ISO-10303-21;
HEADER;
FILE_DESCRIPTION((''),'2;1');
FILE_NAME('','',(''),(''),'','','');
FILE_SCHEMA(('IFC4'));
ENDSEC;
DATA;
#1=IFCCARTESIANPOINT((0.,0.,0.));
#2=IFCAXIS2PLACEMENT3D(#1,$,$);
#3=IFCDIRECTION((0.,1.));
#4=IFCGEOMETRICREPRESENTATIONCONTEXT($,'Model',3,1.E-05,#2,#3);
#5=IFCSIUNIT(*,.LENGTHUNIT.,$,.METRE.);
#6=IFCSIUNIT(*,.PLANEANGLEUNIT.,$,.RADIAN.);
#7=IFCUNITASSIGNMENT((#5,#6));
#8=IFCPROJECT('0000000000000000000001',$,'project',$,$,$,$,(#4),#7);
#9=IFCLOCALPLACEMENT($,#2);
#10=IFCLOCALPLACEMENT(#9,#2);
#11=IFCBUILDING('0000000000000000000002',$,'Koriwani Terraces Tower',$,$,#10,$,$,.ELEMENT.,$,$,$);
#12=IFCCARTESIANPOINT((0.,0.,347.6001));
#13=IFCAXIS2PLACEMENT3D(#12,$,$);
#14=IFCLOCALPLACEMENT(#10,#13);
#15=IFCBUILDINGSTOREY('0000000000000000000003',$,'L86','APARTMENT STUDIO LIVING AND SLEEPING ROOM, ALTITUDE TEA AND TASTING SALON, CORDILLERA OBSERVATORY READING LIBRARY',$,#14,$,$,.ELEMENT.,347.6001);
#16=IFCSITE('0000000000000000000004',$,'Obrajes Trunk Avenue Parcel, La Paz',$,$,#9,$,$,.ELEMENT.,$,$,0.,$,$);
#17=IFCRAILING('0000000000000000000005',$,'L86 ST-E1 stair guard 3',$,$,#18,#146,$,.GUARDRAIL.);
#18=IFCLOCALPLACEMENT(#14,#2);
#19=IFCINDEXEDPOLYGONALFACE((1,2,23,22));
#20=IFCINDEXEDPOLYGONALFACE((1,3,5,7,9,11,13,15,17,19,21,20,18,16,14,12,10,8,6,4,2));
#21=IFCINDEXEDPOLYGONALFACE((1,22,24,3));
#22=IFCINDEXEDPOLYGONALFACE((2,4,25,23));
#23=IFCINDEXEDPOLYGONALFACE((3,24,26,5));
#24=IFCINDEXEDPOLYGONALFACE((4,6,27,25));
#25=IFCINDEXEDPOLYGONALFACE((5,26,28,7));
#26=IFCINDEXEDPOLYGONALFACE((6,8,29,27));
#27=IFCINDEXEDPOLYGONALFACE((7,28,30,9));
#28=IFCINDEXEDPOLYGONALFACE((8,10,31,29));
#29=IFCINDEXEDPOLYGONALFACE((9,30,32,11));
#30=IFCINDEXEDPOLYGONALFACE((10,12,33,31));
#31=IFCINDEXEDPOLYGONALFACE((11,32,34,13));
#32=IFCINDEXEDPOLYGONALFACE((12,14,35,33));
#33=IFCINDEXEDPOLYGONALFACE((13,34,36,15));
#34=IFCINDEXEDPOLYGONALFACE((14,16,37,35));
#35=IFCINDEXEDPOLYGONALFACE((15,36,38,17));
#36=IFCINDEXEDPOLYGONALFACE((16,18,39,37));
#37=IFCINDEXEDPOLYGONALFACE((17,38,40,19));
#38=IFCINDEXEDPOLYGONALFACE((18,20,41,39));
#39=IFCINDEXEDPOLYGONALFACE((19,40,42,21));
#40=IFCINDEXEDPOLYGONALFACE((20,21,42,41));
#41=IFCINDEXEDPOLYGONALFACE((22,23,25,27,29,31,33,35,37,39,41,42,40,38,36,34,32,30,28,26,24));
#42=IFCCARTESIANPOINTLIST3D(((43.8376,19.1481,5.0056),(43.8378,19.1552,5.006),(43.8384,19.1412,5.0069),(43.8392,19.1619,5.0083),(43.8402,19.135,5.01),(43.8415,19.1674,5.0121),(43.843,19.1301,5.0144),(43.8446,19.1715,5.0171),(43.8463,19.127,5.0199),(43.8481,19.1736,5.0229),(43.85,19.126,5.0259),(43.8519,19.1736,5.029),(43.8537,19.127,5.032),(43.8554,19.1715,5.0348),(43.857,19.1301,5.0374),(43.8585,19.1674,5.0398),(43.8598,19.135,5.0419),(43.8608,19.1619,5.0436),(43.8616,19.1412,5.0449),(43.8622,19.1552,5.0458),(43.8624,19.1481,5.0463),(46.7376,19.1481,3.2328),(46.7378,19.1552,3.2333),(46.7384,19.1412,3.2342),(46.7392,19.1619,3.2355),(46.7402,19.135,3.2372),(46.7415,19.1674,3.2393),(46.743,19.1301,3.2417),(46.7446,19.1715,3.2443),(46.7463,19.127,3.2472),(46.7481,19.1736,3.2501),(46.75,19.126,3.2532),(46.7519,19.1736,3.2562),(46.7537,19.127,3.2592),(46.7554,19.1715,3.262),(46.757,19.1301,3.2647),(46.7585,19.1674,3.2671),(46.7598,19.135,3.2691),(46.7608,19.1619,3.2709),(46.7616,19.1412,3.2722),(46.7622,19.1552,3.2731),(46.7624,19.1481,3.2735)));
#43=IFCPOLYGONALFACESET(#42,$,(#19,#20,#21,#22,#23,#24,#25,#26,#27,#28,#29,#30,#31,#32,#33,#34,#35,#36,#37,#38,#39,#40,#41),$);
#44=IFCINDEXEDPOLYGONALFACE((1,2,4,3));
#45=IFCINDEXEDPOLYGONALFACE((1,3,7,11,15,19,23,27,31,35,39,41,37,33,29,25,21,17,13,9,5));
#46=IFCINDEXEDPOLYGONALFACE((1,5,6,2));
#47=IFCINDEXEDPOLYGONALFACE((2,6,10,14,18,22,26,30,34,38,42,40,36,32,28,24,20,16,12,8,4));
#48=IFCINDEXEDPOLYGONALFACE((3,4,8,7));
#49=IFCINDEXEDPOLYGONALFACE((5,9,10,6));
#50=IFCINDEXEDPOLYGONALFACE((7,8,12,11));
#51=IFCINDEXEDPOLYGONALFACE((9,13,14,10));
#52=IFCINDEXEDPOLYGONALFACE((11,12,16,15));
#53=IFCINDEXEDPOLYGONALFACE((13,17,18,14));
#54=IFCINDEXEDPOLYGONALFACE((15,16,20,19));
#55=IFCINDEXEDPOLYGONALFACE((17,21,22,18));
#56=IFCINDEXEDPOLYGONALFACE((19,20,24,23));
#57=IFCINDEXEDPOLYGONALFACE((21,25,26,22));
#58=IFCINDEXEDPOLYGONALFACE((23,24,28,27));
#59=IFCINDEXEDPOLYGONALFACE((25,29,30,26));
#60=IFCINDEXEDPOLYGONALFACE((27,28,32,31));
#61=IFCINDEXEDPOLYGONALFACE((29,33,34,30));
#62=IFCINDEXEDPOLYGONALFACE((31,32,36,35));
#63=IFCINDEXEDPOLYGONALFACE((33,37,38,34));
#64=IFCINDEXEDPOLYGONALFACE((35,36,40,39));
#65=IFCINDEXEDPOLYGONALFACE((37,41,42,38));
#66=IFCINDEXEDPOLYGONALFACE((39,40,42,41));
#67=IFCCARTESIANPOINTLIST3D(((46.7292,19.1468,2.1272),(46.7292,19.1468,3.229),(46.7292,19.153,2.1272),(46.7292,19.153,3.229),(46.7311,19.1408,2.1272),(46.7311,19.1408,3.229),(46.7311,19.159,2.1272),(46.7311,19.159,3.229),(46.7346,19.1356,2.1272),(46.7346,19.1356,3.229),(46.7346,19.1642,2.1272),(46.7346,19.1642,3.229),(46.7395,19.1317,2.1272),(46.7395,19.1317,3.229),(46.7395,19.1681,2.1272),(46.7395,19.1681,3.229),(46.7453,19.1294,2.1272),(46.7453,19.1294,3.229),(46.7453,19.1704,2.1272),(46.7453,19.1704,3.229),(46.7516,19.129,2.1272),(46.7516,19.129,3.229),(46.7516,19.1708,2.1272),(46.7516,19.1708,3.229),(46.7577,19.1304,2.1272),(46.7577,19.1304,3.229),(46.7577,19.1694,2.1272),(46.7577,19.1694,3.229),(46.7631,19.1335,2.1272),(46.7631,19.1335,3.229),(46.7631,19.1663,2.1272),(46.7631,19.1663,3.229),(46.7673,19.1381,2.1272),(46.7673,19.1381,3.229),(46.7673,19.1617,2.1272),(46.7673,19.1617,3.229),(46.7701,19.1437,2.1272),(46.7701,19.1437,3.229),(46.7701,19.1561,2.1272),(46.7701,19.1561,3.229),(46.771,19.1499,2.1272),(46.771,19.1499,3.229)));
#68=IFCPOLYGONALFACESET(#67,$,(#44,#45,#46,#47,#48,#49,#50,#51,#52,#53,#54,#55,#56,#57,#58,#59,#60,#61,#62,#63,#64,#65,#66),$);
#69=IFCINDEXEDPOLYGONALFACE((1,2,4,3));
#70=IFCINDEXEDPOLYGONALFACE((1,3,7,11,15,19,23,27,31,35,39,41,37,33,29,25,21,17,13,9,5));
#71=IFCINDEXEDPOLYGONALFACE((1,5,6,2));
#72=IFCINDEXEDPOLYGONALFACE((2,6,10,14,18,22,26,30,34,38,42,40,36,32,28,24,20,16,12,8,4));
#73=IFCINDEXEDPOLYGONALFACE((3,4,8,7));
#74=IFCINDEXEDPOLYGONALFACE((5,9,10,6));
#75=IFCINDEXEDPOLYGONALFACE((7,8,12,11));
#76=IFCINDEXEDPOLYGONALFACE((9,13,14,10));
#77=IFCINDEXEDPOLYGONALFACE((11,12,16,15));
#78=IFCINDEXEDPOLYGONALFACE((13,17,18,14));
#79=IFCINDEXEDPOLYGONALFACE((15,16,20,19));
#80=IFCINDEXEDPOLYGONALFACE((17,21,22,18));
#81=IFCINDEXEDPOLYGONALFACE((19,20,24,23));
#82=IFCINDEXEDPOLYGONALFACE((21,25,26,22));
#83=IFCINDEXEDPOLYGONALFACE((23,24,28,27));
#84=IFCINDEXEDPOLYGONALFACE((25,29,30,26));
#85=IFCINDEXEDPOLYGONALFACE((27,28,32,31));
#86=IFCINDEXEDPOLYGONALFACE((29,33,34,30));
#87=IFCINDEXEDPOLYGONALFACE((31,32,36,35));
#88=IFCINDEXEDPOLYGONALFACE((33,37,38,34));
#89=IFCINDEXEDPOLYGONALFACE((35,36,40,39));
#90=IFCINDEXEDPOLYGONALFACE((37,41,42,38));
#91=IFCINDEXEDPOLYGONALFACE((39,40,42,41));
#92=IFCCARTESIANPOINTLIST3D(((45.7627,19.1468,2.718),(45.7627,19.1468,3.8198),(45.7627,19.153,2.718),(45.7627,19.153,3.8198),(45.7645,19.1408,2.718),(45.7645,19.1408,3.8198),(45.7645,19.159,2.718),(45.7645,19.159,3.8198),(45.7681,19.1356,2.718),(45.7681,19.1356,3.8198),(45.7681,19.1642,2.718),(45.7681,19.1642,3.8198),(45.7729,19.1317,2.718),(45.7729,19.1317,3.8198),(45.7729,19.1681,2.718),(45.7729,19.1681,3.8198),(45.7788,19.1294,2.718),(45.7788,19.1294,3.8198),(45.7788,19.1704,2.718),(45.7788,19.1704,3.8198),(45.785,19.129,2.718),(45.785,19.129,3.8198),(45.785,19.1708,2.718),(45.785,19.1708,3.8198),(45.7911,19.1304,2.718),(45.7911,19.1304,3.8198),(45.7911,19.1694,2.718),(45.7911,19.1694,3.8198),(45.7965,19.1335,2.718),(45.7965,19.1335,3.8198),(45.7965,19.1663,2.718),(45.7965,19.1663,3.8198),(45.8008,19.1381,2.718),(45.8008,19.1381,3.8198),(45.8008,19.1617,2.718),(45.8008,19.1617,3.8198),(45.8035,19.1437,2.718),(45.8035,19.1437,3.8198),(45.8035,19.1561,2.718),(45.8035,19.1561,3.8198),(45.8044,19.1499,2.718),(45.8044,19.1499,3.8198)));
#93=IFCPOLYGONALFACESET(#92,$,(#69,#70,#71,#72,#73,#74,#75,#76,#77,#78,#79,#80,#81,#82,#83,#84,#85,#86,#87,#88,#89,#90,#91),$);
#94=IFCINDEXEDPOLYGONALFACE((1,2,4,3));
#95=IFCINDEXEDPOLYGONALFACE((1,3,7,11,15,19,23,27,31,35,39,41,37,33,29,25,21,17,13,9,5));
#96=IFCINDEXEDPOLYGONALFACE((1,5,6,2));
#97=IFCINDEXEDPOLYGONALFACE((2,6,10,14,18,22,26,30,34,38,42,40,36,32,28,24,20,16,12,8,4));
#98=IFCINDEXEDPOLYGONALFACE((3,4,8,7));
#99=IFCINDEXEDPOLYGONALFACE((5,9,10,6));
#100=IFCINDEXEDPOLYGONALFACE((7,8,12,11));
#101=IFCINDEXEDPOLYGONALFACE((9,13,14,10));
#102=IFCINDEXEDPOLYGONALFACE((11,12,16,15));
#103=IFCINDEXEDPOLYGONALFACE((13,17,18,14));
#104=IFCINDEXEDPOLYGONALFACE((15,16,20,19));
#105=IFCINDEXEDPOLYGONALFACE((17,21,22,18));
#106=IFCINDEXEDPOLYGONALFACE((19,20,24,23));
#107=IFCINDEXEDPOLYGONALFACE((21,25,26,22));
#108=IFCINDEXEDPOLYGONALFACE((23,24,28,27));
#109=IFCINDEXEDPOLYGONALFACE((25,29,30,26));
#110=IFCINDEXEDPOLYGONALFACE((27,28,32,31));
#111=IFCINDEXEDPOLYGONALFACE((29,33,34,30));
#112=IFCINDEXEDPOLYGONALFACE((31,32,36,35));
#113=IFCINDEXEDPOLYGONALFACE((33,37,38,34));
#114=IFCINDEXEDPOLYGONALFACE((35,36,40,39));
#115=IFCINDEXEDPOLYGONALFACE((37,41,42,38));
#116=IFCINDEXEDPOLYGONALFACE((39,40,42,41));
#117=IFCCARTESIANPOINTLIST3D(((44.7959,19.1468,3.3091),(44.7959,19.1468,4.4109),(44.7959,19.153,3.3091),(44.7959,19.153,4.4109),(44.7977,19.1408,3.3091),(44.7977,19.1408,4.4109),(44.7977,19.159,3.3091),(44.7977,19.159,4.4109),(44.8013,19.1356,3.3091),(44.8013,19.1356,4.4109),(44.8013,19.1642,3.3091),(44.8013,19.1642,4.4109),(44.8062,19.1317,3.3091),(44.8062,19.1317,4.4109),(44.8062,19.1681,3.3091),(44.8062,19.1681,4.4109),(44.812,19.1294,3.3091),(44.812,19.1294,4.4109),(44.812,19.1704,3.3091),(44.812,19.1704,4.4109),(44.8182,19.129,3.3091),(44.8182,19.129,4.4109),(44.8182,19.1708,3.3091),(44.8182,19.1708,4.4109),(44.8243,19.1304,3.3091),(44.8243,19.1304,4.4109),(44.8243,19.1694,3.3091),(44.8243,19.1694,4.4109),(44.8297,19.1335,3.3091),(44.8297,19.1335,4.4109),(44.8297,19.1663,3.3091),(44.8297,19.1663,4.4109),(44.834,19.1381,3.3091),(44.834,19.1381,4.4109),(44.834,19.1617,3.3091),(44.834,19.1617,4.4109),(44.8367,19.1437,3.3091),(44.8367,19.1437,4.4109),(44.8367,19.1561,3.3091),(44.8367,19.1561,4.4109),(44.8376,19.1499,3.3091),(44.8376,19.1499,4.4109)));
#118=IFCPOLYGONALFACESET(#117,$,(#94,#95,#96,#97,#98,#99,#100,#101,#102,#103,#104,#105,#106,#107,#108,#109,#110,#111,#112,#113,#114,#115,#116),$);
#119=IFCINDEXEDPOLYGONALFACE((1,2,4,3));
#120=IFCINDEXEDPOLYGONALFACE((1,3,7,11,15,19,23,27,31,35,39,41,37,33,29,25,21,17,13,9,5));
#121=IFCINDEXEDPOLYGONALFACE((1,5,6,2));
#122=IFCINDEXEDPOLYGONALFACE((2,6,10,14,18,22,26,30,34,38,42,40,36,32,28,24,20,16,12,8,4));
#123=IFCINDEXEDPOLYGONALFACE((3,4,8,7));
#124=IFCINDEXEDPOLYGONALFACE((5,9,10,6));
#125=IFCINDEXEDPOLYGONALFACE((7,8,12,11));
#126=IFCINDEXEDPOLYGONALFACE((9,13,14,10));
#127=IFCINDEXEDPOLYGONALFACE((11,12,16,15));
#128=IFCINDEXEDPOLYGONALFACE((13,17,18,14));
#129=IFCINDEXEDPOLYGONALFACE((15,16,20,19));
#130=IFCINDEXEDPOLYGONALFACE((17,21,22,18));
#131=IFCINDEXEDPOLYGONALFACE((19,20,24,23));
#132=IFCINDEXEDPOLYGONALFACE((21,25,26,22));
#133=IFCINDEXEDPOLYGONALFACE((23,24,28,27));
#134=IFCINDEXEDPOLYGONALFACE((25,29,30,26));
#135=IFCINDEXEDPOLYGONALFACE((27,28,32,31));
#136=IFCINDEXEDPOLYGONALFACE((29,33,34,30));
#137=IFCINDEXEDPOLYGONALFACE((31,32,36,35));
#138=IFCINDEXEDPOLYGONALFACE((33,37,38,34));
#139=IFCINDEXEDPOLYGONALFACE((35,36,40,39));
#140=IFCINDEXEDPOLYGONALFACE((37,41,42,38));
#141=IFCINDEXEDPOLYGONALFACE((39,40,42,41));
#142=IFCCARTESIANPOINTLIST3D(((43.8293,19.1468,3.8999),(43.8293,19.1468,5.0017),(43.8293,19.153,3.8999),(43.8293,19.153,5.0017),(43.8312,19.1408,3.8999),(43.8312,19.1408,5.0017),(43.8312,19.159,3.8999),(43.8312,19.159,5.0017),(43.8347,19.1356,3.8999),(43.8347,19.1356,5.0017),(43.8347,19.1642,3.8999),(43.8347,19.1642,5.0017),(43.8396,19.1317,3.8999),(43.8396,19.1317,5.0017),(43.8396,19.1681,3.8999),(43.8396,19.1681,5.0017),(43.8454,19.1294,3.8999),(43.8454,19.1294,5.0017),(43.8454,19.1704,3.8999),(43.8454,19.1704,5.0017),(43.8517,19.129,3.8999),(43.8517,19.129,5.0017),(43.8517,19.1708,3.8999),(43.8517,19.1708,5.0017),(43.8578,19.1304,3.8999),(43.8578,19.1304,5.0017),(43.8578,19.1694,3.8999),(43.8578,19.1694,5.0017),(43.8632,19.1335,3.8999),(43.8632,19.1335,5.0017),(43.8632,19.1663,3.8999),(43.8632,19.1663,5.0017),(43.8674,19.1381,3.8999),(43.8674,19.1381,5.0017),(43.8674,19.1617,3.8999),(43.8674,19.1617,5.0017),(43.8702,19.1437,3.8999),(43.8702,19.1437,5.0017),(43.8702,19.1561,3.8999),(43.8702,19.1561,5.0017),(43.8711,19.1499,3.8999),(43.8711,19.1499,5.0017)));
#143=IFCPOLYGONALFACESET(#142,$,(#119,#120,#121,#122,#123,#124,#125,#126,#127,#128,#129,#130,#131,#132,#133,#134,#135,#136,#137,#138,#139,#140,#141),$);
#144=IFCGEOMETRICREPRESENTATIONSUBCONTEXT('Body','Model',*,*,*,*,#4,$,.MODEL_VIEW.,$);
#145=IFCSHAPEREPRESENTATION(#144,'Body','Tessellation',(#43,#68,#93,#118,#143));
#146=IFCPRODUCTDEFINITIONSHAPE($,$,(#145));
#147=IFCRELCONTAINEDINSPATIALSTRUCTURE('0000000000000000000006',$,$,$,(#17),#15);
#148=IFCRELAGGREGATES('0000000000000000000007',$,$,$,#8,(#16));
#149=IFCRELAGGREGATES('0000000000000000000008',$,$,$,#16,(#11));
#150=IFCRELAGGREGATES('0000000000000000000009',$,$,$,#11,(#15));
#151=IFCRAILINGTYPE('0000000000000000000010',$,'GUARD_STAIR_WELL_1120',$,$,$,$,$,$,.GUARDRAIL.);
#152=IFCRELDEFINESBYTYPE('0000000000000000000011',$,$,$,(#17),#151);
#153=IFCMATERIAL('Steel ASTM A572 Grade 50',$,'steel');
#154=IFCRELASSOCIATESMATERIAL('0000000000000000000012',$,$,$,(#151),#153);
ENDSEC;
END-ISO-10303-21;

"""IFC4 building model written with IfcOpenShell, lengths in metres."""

from ifc_helpers import new_model, si_unit, direction, frame, origin, origin_2d, place, context, subcontext, project, spatial, circle, extrude, material, type_object, element, save


model = new_model("IFC4")

# Units and contexts
model_context = context("Model", 3, precision=1e-05, world=origin(), true_north=direction((0.0, 1.0)))
body_context = subcontext(model_context, "Body", "Model", "MODEL_VIEW")
ifc_project = project(units=[si_unit("LENGTHUNIT", "METRE"), si_unit("PLANEANGLEUNIT", "RADIAN")], contexts=[model_context])

# Site, building, storey
site_placement = place(None, origin())
site = spatial("IfcSite", under=ifc_project, at=site_placement, Name="Obrajes Trunk Avenue Parcel, La Paz", CompositionType="ELEMENT", RefElevation=0.0)
building_placement = place(site_placement, origin())
building = spatial("IfcBuilding", under=site, at=building_placement, Name="Koriwani Terraces Tower", CompositionType="ELEMENT")
storey_placement = place(building_placement, frame((0.0, 0.0, 347.6001)))
storey = spatial("IfcBuildingStorey", under=building, at=storey_placement, Name="L86", Description="APARTMENT STUDIO LIVING AND SLEEPING ROOM, ALTITUDE TEA AND TASTING SALON, CORDILLERA OBSERVATORY READING LIBRARY", CompositionType="ELEMENT", Elevation=347.6001)

# Shared definitions
ifc_material_1 = material(Name="Steel ASTM A572 Grade 50", Category="steel")

# Railing
railing_type_1 = type_object("IfcRailingType", Name="GUARD_STAIR_WELL_1120", PredefinedType="GUARDRAIL", material=ifc_material_1)
railing_1_placement = place(storey_placement, frame((46.75, 19.1499, 2.1272)))
element("IfcRailing", 1, at=railing_1_placement, inside=storey, type_object=railing_type_1, Name="L86 ST-E1 stair guard 3", PredefinedType="GUARDRAIL", context=body_context, shape_type="SweptSolid", body=[
    extrude(circle(Radius=0.0239, at=origin_2d()), frame((0.0, 0.0, 1.126), z_axis=(-0.853211, 0.0, 0.521566), x_axis=(0.0, -1.0, 0.0)), (0.0, 0.0, 1.0), 3.3989),
    extrude(circle(Radius=0.021, at=origin_2d()), origin(), (0.0, 0.0, 1.0), 1.1018),
    extrude(circle(Radius=0.021, at=origin_2d()), frame((-0.9666, 0.0, 0.5908)), (0.0, 0.0, 1.0), 1.1018),
    extrude(circle(Radius=0.021, at=origin_2d()), frame((-1.9333, 0.0, 1.1819)), (0.0, 0.0, 1.0), 1.1018),
    extrude(circle(Radius=0.021, at=origin_2d()), frame((-2.8999, 0.0, 1.7727)), (0.0, 0.0, 1.0), 1.1018),
])

save(model, "model.ifc")
